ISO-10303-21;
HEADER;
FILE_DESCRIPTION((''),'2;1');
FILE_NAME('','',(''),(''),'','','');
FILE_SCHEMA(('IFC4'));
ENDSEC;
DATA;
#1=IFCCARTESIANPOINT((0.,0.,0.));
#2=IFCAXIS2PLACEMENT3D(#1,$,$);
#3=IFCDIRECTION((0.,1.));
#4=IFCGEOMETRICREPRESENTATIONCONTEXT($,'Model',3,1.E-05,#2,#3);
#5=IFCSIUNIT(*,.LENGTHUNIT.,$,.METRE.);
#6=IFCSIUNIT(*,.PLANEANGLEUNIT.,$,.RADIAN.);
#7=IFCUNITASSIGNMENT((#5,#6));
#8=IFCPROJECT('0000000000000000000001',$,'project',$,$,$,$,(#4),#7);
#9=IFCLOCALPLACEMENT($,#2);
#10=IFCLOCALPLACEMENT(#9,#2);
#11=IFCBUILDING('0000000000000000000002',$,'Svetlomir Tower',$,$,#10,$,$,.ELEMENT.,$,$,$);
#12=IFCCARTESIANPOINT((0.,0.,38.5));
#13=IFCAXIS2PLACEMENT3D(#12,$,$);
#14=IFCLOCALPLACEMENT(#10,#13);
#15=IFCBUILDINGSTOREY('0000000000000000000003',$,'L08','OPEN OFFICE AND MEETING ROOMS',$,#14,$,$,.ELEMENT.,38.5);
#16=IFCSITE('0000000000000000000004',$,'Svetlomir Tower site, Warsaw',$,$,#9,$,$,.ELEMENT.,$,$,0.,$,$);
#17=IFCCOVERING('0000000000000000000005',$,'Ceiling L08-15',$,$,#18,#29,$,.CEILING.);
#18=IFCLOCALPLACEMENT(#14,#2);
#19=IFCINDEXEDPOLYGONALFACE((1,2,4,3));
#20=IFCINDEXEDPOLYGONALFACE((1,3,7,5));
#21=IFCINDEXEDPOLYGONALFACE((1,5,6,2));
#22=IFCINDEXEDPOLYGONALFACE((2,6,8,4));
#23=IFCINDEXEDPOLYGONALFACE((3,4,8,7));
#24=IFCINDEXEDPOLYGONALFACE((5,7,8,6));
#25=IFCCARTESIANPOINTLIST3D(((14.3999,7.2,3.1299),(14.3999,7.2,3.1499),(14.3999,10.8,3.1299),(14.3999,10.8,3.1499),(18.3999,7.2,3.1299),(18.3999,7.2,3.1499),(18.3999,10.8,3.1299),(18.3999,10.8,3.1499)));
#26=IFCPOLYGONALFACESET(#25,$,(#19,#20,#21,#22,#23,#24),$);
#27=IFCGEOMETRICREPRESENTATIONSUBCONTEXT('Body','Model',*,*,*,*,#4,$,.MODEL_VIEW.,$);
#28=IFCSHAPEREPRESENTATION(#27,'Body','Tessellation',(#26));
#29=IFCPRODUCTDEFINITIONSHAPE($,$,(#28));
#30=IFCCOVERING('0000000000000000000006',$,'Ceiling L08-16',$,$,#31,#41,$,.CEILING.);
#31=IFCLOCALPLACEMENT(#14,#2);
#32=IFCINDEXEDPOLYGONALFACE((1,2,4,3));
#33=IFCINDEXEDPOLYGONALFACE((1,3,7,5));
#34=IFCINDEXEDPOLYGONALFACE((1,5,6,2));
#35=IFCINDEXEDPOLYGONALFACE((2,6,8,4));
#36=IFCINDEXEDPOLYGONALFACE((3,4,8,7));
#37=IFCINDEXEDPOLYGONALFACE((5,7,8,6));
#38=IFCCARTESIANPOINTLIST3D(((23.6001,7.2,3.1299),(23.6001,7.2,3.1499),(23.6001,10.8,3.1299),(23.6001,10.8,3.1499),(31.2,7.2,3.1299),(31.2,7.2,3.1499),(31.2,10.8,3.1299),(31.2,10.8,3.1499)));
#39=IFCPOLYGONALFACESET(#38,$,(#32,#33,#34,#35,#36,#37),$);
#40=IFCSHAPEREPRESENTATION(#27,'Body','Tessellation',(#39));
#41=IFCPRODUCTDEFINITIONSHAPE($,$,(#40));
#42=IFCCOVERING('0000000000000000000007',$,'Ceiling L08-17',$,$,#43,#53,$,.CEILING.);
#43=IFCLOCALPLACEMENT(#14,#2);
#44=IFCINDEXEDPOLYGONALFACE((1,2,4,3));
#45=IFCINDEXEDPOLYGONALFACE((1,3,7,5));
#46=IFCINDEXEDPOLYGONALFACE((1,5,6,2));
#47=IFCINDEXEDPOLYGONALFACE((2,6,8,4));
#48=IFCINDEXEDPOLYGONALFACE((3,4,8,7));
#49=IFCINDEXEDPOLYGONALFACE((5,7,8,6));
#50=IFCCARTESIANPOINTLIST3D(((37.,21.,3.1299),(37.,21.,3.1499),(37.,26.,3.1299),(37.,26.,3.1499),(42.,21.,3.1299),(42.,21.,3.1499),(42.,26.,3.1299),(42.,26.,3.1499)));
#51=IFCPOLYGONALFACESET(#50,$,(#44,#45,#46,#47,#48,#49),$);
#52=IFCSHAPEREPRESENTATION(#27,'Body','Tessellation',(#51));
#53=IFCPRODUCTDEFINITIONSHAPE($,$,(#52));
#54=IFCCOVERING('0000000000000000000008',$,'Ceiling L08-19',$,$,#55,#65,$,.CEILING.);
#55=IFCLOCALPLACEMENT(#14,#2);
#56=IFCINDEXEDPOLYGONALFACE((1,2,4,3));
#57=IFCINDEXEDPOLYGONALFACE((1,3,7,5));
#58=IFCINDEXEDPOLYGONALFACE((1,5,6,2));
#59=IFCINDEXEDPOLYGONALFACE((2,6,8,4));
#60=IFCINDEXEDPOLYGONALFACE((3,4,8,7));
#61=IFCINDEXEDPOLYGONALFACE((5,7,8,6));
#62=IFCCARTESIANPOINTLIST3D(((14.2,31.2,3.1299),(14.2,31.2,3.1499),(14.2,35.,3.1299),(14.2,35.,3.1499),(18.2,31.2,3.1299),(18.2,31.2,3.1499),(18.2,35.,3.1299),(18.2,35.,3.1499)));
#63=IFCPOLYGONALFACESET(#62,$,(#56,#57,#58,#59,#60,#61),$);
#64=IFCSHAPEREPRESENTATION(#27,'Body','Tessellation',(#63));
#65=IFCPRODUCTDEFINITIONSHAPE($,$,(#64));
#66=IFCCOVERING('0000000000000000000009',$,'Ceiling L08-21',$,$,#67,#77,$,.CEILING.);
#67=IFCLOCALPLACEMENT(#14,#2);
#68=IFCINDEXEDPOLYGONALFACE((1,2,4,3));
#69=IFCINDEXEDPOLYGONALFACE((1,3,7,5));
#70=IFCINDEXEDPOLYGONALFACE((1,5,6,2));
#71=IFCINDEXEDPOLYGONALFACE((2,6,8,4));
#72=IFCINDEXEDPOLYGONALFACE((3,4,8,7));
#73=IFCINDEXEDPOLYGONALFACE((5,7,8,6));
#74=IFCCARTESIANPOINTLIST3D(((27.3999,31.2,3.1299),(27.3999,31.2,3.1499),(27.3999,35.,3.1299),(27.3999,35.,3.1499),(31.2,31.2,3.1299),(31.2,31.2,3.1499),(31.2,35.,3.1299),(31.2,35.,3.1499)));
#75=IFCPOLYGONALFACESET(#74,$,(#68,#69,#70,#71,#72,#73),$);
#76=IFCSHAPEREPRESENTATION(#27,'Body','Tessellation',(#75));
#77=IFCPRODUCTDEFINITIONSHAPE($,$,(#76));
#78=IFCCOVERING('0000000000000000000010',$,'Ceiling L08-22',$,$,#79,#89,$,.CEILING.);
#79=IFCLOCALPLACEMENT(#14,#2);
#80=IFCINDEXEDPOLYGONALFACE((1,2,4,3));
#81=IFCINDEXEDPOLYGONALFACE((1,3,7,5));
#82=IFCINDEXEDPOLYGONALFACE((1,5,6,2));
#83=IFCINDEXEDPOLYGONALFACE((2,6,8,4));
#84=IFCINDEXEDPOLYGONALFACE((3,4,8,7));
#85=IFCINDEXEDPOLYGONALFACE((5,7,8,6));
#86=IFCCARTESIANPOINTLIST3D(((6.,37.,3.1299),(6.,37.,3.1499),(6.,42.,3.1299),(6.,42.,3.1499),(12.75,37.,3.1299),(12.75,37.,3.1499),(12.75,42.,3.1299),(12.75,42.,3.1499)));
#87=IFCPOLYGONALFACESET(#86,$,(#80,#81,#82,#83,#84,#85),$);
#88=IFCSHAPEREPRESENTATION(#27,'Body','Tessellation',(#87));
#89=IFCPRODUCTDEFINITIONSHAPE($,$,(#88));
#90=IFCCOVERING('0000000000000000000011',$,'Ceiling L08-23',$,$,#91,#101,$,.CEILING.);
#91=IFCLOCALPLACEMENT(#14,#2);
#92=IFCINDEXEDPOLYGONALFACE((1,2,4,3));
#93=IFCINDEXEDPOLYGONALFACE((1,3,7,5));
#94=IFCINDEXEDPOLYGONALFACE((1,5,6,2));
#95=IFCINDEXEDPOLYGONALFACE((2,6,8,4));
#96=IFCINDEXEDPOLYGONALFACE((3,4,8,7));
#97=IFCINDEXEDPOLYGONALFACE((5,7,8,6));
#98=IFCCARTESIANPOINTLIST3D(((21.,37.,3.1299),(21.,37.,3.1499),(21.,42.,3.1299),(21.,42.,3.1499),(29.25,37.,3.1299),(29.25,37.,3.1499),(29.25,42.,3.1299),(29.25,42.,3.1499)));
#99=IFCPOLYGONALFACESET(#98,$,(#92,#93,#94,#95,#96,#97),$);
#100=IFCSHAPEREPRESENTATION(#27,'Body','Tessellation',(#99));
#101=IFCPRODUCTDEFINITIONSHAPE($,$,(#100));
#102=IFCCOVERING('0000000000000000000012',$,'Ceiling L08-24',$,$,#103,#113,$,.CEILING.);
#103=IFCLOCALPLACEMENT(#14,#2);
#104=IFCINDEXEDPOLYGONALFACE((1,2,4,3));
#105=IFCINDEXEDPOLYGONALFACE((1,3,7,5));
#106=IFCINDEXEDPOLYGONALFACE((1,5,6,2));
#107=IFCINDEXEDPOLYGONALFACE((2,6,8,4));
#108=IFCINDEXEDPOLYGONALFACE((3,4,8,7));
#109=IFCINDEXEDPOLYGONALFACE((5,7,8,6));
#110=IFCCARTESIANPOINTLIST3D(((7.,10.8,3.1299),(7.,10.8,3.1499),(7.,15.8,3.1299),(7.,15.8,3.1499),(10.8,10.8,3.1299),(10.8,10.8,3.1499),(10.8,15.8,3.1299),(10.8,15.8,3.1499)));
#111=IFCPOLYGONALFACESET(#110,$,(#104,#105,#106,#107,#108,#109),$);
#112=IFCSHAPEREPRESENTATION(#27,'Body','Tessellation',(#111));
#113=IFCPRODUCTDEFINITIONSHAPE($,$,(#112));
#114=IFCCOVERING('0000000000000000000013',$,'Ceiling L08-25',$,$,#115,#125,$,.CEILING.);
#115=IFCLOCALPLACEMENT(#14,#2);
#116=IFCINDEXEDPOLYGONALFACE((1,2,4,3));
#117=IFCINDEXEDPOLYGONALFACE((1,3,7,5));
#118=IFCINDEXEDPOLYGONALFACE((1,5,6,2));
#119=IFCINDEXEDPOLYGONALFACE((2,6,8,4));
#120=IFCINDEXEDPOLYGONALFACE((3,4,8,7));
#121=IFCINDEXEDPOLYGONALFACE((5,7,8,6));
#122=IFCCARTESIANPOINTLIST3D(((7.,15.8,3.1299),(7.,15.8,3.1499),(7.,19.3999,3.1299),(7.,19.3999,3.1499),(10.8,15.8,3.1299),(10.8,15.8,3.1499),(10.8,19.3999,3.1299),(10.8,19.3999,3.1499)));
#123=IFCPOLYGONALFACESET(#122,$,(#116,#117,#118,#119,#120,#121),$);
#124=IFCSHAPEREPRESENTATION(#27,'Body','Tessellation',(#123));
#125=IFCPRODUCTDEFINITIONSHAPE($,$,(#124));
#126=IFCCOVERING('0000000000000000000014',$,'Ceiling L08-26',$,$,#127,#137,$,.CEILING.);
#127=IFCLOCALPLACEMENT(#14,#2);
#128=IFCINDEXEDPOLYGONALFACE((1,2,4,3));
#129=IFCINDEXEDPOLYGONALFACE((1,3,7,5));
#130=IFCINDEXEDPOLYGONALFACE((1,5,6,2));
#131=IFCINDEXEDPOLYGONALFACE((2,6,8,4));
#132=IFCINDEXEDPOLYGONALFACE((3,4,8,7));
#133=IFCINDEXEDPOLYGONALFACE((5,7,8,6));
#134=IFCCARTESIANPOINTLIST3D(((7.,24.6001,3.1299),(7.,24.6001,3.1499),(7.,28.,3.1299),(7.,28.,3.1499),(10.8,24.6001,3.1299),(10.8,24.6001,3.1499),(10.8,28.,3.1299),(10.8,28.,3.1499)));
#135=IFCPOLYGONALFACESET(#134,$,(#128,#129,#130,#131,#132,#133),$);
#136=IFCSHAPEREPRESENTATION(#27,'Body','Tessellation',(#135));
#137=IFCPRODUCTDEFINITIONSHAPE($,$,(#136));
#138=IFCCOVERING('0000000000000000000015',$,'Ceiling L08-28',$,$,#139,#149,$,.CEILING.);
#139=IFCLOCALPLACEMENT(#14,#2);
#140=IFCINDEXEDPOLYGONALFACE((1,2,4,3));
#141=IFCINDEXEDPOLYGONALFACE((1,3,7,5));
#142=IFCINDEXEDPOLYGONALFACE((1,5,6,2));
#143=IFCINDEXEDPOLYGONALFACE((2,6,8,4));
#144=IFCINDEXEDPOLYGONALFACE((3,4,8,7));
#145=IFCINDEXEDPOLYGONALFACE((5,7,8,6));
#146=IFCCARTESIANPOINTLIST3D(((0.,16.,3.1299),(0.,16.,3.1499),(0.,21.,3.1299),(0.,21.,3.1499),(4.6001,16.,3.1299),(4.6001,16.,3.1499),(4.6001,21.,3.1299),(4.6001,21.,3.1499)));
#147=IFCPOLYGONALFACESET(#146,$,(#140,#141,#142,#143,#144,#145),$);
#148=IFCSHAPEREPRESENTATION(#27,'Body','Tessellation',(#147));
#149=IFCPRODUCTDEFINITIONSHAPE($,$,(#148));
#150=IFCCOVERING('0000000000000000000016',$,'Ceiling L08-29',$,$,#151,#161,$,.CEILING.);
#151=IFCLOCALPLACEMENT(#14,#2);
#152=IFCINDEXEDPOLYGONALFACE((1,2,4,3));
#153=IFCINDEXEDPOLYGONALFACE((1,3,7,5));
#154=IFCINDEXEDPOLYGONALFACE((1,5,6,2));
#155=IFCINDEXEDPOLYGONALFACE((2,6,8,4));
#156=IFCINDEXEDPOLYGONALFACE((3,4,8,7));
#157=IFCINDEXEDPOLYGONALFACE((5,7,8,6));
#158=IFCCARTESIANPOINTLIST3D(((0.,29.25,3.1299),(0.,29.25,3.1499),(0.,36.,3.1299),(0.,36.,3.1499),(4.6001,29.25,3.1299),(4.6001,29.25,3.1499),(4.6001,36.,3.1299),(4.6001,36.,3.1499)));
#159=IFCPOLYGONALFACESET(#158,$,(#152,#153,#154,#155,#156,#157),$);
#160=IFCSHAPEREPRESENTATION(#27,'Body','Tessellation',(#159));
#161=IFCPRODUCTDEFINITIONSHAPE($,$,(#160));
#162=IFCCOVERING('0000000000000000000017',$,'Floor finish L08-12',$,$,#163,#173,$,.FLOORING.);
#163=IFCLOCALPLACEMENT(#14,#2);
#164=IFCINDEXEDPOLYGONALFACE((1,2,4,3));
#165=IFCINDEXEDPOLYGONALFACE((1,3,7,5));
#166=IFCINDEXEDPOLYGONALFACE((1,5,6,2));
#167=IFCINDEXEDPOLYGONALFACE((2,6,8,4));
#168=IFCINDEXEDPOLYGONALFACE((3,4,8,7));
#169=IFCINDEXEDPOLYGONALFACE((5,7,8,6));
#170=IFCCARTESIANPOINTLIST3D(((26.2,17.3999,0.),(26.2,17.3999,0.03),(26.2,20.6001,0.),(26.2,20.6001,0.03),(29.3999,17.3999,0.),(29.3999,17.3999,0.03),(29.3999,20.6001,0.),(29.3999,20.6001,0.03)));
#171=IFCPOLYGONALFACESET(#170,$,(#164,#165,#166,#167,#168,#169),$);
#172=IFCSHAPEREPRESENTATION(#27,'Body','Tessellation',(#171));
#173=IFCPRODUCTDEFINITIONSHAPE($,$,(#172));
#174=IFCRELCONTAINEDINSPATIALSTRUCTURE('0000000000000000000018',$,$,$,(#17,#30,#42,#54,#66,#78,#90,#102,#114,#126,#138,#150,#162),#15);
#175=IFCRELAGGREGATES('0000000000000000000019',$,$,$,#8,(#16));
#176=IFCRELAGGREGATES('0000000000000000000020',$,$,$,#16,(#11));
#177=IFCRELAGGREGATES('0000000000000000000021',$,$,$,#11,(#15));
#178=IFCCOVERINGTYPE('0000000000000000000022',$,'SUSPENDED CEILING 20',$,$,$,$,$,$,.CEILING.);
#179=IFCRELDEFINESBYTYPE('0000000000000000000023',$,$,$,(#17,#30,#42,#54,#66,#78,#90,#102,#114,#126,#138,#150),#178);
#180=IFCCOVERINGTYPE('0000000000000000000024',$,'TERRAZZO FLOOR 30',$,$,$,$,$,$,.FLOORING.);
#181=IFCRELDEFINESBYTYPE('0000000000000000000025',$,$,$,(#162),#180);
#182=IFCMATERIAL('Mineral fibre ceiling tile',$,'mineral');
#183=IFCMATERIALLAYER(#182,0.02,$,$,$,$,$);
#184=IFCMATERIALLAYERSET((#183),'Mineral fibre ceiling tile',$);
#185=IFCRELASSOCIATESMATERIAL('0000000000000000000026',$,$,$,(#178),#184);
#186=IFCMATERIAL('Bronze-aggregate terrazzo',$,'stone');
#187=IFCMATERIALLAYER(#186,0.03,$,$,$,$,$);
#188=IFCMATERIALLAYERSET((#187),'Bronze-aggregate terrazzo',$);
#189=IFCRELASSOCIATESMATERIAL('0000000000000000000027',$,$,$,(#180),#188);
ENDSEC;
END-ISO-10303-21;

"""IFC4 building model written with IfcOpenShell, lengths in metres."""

from ifc_helpers import new_model, si_unit, direction, frame, origin, place, context, subcontext, project, spatial, polyline, outline, extrude, material, layer, layer_set, type_object, element, save


model = new_model("IFC4")

# Units and contexts
model_context = context("Model", 3, precision=1e-05, world=origin(), true_north=direction((0.0, 1.0)))
body_context = subcontext(model_context, "Body", "Model", "MODEL_VIEW")
ifc_project = project(units=[si_unit("LENGTHUNIT", "METRE"), si_unit("PLANEANGLEUNIT", "RADIAN")], contexts=[model_context])

# Site, building, storey
site_placement = place(None, origin())
site = spatial("IfcSite", under=ifc_project, at=site_placement, Name="Svetlomir Tower site, Warsaw", CompositionType="ELEMENT", RefElevation=0.0)
building_placement = place(site_placement, origin())
building = spatial("IfcBuilding", under=site, at=building_placement, Name="Svetlomir Tower", CompositionType="ELEMENT")
storey_placement = place(building_placement, frame((0.0, 0.0, 38.5)))
storey = spatial("IfcBuildingStorey", under=building, at=storey_placement, Name="L08", Description="OPEN OFFICE AND MEETING ROOMS", CompositionType="ELEMENT", Elevation=38.5)

# Coverings
ifc_material_1 = material(Name="Mineral fibre ceiling tile", Category="mineral")
ifc_layer_1 = layer(ifc_material_1, 0.02)
ifc_layer_set_1 = layer_set([ifc_layer_1], Name="Mineral fibre ceiling tile")
covering_type_1 = type_object("IfcCoveringType", Name="SUSPENDED CEILING 20", PredefinedType="CEILING", material=ifc_layer_set_1)
covering_1_placement = place(storey_placement, frame((0.0, 0.0, 3.1299)))
element("IfcCovering", 1, at=covering_1_placement, inside=storey, type_object=covering_type_1, Name="Ceiling L08-15", PredefinedType="CEILING", context=body_context, shape_type="SweptSolid", body=[
    extrude(outline(polyline([(14.3999, 7.2), (18.3999, 7.2), (18.3999, 10.8), (14.3999, 10.8), (14.3999, 7.2)])), origin(), (0.0, 0.0, 1.0), 0.02),
])
covering_2_placement = place(storey_placement, frame((0.0, 0.0, 3.1299)))
element("IfcCovering", 2, at=covering_2_placement, inside=storey, type_object=covering_type_1, Name="Ceiling L08-16", PredefinedType="CEILING", context=body_context, shape_type="SweptSolid", body=[
    extrude(outline(polyline([(23.6001, 7.2), (31.2, 7.2), (31.2, 10.8), (23.6001, 10.8), (23.6001, 7.2)])), origin(), (0.0, 0.0, 1.0), 0.02),
])
covering_3_placement = place(storey_placement, frame((0.0, 0.0, 3.1299)))
element("IfcCovering", 3, at=covering_3_placement, inside=storey, type_object=covering_type_1, Name="Ceiling L08-17", PredefinedType="CEILING", context=body_context, shape_type="SweptSolid", body=[
    extrude(outline(polyline([(37.0, 21.0), (42.0, 21.0), (42.0, 26.0), (37.0, 26.0), (37.0, 21.0)])), origin(), (0.0, 0.0, 1.0), 0.02),
])
covering_4_placement = place(storey_placement, frame((0.0, 0.0, 3.1299)))
element("IfcCovering", 4, at=covering_4_placement, inside=storey, type_object=covering_type_1, Name="Ceiling L08-19", PredefinedType="CEILING", context=body_context, shape_type="SweptSolid", body=[
    extrude(outline(polyline([(14.2, 31.2), (18.2, 31.2), (18.2, 35.0), (14.2, 35.0), (14.2, 31.2)])), origin(), (0.0, 0.0, 1.0), 0.02),
])
covering_5_placement = place(storey_placement, frame((0.0, 0.0, 3.1299)))
element("IfcCovering", 5, at=covering_5_placement, inside=storey, type_object=covering_type_1, Name="Ceiling L08-21", PredefinedType="CEILING", context=body_context, shape_type="SweptSolid", body=[
    extrude(outline(polyline([(27.3999, 31.2), (31.2, 31.2), (31.2, 35.0), (27.3999, 35.0), (27.3999, 31.2)])), origin(), (0.0, 0.0, 1.0), 0.02),
])
covering_6_placement = place(storey_placement, frame((0.0, 0.0, 3.1299)))
element("IfcCovering", 6, at=covering_6_placement, inside=storey, type_object=covering_type_1, Name="Ceiling L08-22", PredefinedType="CEILING", context=body_context, shape_type="SweptSolid", body=[
    extrude(outline(polyline([(6.0, 37.0), (12.75, 37.0), (12.75, 42.0), (6.0, 42.0), (6.0, 37.0)])), origin(), (0.0, 0.0, 1.0), 0.02),
])
covering_7_placement = place(storey_placement, frame((0.0, 0.0, 3.1299)))
element("IfcCovering", 7, at=covering_7_placement, inside=storey, type_object=covering_type_1, Name="Ceiling L08-23", PredefinedType="CEILING", context=body_context, shape_type="SweptSolid", body=[
    extrude(outline(polyline([(21.0, 37.0), (29.25, 37.0), (29.25, 42.0), (21.0, 42.0), (21.0, 37.0)])), origin(), (0.0, 0.0, 1.0), 0.02),
])
covering_8_placement = place(storey_placement, frame((0.0, 0.0, 3.1299)))
element("IfcCovering", 8, at=covering_8_placement, inside=storey, type_object=covering_type_1, Name="Ceiling L08-24", PredefinedType="CEILING", context=body_context, shape_type="SweptSolid", body=[
    extrude(outline(polyline([(7.0, 10.8), (10.8, 10.8), (10.8, 15.8), (7.0, 15.8), (7.0, 10.8)])), origin(), (0.0, 0.0, 1.0), 0.02),
])
covering_9_placement = place(storey_placement, frame((0.0, 0.0, 3.1299)))
element("IfcCovering", 9, at=covering_9_placement, inside=storey, type_object=covering_type_1, Name="Ceiling L08-25", PredefinedType="CEILING", context=body_context, shape_type="SweptSolid", body=[
    extrude(outline(polyline([(7.0, 15.8), (10.8, 15.8), (10.8, 19.3999), (7.0, 19.3999), (7.0, 15.8)])), origin(), (0.0, 0.0, 1.0), 0.02),
])
covering_10_placement = place(storey_placement, frame((0.0, 0.0, 3.1299)))
element("IfcCovering", 10, at=covering_10_placement, inside=storey, type_object=covering_type_1, Name="Ceiling L08-26", PredefinedType="CEILING", context=body_context, shape_type="SweptSolid", body=[
    extrude(outline(polyline([(7.0, 24.6001), (10.8, 24.6001), (10.8, 28.0), (7.0, 28.0), (7.0, 24.6001)])), origin(), (0.0, 0.0, 1.0), 0.02),
])
covering_11_placement = place(storey_placement, frame((0.0, 0.0, 3.1299)))
element("IfcCovering", 11, at=covering_11_placement, inside=storey, type_object=covering_type_1, Name="Ceiling L08-28", PredefinedType="CEILING", context=body_context, shape_type="SweptSolid", body=[
    extrude(outline(polyline([(0.0, 16.0), (4.6001, 16.0), (4.6001, 21.0), (0.0, 21.0), (0.0, 16.0)])), origin(), (0.0, 0.0, 1.0), 0.02),
])
covering_12_placement = place(storey_placement, frame((0.0, 0.0, 3.1299)))
element("IfcCovering", 12, at=covering_12_placement, inside=storey, type_object=covering_type_1, Name="Ceiling L08-29", PredefinedType="CEILING", context=body_context, shape_type="SweptSolid", body=[
    extrude(outline(polyline([(0.0, 29.25), (4.6001, 29.25), (4.6001, 36.0), (0.0, 36.0), (0.0, 29.25)])), origin(), (0.0, 0.0, 1.0), 0.02),
])
ifc_material_2 = material(Name="Bronze-aggregate terrazzo", Category="stone")
ifc_layer_2 = layer(ifc_material_2, 0.03)
ifc_layer_set_2 = layer_set([ifc_layer_2], Name="Bronze-aggregate terrazzo")
covering_type_2 = type_object("IfcCoveringType", Name="TERRAZZO FLOOR 30", PredefinedType="FLOORING", material=ifc_layer_set_2)
covering_13_placement = place(storey_placement, origin())
element("IfcCovering", 13, at=covering_13_placement, inside=storey, type_object=covering_type_2, Name="Floor finish L08-12", PredefinedType="FLOORING", context=body_context, shape_type="SweptSolid", body=[
    extrude(outline(polyline([(26.2, 17.3999), (29.3999, 17.3999), (29.3999, 20.6001), (26.2, 20.6001), (26.2, 17.3999)])), origin(), (0.0, 0.0, 1.0), 0.03),
])

save(model, "model.ifc")
